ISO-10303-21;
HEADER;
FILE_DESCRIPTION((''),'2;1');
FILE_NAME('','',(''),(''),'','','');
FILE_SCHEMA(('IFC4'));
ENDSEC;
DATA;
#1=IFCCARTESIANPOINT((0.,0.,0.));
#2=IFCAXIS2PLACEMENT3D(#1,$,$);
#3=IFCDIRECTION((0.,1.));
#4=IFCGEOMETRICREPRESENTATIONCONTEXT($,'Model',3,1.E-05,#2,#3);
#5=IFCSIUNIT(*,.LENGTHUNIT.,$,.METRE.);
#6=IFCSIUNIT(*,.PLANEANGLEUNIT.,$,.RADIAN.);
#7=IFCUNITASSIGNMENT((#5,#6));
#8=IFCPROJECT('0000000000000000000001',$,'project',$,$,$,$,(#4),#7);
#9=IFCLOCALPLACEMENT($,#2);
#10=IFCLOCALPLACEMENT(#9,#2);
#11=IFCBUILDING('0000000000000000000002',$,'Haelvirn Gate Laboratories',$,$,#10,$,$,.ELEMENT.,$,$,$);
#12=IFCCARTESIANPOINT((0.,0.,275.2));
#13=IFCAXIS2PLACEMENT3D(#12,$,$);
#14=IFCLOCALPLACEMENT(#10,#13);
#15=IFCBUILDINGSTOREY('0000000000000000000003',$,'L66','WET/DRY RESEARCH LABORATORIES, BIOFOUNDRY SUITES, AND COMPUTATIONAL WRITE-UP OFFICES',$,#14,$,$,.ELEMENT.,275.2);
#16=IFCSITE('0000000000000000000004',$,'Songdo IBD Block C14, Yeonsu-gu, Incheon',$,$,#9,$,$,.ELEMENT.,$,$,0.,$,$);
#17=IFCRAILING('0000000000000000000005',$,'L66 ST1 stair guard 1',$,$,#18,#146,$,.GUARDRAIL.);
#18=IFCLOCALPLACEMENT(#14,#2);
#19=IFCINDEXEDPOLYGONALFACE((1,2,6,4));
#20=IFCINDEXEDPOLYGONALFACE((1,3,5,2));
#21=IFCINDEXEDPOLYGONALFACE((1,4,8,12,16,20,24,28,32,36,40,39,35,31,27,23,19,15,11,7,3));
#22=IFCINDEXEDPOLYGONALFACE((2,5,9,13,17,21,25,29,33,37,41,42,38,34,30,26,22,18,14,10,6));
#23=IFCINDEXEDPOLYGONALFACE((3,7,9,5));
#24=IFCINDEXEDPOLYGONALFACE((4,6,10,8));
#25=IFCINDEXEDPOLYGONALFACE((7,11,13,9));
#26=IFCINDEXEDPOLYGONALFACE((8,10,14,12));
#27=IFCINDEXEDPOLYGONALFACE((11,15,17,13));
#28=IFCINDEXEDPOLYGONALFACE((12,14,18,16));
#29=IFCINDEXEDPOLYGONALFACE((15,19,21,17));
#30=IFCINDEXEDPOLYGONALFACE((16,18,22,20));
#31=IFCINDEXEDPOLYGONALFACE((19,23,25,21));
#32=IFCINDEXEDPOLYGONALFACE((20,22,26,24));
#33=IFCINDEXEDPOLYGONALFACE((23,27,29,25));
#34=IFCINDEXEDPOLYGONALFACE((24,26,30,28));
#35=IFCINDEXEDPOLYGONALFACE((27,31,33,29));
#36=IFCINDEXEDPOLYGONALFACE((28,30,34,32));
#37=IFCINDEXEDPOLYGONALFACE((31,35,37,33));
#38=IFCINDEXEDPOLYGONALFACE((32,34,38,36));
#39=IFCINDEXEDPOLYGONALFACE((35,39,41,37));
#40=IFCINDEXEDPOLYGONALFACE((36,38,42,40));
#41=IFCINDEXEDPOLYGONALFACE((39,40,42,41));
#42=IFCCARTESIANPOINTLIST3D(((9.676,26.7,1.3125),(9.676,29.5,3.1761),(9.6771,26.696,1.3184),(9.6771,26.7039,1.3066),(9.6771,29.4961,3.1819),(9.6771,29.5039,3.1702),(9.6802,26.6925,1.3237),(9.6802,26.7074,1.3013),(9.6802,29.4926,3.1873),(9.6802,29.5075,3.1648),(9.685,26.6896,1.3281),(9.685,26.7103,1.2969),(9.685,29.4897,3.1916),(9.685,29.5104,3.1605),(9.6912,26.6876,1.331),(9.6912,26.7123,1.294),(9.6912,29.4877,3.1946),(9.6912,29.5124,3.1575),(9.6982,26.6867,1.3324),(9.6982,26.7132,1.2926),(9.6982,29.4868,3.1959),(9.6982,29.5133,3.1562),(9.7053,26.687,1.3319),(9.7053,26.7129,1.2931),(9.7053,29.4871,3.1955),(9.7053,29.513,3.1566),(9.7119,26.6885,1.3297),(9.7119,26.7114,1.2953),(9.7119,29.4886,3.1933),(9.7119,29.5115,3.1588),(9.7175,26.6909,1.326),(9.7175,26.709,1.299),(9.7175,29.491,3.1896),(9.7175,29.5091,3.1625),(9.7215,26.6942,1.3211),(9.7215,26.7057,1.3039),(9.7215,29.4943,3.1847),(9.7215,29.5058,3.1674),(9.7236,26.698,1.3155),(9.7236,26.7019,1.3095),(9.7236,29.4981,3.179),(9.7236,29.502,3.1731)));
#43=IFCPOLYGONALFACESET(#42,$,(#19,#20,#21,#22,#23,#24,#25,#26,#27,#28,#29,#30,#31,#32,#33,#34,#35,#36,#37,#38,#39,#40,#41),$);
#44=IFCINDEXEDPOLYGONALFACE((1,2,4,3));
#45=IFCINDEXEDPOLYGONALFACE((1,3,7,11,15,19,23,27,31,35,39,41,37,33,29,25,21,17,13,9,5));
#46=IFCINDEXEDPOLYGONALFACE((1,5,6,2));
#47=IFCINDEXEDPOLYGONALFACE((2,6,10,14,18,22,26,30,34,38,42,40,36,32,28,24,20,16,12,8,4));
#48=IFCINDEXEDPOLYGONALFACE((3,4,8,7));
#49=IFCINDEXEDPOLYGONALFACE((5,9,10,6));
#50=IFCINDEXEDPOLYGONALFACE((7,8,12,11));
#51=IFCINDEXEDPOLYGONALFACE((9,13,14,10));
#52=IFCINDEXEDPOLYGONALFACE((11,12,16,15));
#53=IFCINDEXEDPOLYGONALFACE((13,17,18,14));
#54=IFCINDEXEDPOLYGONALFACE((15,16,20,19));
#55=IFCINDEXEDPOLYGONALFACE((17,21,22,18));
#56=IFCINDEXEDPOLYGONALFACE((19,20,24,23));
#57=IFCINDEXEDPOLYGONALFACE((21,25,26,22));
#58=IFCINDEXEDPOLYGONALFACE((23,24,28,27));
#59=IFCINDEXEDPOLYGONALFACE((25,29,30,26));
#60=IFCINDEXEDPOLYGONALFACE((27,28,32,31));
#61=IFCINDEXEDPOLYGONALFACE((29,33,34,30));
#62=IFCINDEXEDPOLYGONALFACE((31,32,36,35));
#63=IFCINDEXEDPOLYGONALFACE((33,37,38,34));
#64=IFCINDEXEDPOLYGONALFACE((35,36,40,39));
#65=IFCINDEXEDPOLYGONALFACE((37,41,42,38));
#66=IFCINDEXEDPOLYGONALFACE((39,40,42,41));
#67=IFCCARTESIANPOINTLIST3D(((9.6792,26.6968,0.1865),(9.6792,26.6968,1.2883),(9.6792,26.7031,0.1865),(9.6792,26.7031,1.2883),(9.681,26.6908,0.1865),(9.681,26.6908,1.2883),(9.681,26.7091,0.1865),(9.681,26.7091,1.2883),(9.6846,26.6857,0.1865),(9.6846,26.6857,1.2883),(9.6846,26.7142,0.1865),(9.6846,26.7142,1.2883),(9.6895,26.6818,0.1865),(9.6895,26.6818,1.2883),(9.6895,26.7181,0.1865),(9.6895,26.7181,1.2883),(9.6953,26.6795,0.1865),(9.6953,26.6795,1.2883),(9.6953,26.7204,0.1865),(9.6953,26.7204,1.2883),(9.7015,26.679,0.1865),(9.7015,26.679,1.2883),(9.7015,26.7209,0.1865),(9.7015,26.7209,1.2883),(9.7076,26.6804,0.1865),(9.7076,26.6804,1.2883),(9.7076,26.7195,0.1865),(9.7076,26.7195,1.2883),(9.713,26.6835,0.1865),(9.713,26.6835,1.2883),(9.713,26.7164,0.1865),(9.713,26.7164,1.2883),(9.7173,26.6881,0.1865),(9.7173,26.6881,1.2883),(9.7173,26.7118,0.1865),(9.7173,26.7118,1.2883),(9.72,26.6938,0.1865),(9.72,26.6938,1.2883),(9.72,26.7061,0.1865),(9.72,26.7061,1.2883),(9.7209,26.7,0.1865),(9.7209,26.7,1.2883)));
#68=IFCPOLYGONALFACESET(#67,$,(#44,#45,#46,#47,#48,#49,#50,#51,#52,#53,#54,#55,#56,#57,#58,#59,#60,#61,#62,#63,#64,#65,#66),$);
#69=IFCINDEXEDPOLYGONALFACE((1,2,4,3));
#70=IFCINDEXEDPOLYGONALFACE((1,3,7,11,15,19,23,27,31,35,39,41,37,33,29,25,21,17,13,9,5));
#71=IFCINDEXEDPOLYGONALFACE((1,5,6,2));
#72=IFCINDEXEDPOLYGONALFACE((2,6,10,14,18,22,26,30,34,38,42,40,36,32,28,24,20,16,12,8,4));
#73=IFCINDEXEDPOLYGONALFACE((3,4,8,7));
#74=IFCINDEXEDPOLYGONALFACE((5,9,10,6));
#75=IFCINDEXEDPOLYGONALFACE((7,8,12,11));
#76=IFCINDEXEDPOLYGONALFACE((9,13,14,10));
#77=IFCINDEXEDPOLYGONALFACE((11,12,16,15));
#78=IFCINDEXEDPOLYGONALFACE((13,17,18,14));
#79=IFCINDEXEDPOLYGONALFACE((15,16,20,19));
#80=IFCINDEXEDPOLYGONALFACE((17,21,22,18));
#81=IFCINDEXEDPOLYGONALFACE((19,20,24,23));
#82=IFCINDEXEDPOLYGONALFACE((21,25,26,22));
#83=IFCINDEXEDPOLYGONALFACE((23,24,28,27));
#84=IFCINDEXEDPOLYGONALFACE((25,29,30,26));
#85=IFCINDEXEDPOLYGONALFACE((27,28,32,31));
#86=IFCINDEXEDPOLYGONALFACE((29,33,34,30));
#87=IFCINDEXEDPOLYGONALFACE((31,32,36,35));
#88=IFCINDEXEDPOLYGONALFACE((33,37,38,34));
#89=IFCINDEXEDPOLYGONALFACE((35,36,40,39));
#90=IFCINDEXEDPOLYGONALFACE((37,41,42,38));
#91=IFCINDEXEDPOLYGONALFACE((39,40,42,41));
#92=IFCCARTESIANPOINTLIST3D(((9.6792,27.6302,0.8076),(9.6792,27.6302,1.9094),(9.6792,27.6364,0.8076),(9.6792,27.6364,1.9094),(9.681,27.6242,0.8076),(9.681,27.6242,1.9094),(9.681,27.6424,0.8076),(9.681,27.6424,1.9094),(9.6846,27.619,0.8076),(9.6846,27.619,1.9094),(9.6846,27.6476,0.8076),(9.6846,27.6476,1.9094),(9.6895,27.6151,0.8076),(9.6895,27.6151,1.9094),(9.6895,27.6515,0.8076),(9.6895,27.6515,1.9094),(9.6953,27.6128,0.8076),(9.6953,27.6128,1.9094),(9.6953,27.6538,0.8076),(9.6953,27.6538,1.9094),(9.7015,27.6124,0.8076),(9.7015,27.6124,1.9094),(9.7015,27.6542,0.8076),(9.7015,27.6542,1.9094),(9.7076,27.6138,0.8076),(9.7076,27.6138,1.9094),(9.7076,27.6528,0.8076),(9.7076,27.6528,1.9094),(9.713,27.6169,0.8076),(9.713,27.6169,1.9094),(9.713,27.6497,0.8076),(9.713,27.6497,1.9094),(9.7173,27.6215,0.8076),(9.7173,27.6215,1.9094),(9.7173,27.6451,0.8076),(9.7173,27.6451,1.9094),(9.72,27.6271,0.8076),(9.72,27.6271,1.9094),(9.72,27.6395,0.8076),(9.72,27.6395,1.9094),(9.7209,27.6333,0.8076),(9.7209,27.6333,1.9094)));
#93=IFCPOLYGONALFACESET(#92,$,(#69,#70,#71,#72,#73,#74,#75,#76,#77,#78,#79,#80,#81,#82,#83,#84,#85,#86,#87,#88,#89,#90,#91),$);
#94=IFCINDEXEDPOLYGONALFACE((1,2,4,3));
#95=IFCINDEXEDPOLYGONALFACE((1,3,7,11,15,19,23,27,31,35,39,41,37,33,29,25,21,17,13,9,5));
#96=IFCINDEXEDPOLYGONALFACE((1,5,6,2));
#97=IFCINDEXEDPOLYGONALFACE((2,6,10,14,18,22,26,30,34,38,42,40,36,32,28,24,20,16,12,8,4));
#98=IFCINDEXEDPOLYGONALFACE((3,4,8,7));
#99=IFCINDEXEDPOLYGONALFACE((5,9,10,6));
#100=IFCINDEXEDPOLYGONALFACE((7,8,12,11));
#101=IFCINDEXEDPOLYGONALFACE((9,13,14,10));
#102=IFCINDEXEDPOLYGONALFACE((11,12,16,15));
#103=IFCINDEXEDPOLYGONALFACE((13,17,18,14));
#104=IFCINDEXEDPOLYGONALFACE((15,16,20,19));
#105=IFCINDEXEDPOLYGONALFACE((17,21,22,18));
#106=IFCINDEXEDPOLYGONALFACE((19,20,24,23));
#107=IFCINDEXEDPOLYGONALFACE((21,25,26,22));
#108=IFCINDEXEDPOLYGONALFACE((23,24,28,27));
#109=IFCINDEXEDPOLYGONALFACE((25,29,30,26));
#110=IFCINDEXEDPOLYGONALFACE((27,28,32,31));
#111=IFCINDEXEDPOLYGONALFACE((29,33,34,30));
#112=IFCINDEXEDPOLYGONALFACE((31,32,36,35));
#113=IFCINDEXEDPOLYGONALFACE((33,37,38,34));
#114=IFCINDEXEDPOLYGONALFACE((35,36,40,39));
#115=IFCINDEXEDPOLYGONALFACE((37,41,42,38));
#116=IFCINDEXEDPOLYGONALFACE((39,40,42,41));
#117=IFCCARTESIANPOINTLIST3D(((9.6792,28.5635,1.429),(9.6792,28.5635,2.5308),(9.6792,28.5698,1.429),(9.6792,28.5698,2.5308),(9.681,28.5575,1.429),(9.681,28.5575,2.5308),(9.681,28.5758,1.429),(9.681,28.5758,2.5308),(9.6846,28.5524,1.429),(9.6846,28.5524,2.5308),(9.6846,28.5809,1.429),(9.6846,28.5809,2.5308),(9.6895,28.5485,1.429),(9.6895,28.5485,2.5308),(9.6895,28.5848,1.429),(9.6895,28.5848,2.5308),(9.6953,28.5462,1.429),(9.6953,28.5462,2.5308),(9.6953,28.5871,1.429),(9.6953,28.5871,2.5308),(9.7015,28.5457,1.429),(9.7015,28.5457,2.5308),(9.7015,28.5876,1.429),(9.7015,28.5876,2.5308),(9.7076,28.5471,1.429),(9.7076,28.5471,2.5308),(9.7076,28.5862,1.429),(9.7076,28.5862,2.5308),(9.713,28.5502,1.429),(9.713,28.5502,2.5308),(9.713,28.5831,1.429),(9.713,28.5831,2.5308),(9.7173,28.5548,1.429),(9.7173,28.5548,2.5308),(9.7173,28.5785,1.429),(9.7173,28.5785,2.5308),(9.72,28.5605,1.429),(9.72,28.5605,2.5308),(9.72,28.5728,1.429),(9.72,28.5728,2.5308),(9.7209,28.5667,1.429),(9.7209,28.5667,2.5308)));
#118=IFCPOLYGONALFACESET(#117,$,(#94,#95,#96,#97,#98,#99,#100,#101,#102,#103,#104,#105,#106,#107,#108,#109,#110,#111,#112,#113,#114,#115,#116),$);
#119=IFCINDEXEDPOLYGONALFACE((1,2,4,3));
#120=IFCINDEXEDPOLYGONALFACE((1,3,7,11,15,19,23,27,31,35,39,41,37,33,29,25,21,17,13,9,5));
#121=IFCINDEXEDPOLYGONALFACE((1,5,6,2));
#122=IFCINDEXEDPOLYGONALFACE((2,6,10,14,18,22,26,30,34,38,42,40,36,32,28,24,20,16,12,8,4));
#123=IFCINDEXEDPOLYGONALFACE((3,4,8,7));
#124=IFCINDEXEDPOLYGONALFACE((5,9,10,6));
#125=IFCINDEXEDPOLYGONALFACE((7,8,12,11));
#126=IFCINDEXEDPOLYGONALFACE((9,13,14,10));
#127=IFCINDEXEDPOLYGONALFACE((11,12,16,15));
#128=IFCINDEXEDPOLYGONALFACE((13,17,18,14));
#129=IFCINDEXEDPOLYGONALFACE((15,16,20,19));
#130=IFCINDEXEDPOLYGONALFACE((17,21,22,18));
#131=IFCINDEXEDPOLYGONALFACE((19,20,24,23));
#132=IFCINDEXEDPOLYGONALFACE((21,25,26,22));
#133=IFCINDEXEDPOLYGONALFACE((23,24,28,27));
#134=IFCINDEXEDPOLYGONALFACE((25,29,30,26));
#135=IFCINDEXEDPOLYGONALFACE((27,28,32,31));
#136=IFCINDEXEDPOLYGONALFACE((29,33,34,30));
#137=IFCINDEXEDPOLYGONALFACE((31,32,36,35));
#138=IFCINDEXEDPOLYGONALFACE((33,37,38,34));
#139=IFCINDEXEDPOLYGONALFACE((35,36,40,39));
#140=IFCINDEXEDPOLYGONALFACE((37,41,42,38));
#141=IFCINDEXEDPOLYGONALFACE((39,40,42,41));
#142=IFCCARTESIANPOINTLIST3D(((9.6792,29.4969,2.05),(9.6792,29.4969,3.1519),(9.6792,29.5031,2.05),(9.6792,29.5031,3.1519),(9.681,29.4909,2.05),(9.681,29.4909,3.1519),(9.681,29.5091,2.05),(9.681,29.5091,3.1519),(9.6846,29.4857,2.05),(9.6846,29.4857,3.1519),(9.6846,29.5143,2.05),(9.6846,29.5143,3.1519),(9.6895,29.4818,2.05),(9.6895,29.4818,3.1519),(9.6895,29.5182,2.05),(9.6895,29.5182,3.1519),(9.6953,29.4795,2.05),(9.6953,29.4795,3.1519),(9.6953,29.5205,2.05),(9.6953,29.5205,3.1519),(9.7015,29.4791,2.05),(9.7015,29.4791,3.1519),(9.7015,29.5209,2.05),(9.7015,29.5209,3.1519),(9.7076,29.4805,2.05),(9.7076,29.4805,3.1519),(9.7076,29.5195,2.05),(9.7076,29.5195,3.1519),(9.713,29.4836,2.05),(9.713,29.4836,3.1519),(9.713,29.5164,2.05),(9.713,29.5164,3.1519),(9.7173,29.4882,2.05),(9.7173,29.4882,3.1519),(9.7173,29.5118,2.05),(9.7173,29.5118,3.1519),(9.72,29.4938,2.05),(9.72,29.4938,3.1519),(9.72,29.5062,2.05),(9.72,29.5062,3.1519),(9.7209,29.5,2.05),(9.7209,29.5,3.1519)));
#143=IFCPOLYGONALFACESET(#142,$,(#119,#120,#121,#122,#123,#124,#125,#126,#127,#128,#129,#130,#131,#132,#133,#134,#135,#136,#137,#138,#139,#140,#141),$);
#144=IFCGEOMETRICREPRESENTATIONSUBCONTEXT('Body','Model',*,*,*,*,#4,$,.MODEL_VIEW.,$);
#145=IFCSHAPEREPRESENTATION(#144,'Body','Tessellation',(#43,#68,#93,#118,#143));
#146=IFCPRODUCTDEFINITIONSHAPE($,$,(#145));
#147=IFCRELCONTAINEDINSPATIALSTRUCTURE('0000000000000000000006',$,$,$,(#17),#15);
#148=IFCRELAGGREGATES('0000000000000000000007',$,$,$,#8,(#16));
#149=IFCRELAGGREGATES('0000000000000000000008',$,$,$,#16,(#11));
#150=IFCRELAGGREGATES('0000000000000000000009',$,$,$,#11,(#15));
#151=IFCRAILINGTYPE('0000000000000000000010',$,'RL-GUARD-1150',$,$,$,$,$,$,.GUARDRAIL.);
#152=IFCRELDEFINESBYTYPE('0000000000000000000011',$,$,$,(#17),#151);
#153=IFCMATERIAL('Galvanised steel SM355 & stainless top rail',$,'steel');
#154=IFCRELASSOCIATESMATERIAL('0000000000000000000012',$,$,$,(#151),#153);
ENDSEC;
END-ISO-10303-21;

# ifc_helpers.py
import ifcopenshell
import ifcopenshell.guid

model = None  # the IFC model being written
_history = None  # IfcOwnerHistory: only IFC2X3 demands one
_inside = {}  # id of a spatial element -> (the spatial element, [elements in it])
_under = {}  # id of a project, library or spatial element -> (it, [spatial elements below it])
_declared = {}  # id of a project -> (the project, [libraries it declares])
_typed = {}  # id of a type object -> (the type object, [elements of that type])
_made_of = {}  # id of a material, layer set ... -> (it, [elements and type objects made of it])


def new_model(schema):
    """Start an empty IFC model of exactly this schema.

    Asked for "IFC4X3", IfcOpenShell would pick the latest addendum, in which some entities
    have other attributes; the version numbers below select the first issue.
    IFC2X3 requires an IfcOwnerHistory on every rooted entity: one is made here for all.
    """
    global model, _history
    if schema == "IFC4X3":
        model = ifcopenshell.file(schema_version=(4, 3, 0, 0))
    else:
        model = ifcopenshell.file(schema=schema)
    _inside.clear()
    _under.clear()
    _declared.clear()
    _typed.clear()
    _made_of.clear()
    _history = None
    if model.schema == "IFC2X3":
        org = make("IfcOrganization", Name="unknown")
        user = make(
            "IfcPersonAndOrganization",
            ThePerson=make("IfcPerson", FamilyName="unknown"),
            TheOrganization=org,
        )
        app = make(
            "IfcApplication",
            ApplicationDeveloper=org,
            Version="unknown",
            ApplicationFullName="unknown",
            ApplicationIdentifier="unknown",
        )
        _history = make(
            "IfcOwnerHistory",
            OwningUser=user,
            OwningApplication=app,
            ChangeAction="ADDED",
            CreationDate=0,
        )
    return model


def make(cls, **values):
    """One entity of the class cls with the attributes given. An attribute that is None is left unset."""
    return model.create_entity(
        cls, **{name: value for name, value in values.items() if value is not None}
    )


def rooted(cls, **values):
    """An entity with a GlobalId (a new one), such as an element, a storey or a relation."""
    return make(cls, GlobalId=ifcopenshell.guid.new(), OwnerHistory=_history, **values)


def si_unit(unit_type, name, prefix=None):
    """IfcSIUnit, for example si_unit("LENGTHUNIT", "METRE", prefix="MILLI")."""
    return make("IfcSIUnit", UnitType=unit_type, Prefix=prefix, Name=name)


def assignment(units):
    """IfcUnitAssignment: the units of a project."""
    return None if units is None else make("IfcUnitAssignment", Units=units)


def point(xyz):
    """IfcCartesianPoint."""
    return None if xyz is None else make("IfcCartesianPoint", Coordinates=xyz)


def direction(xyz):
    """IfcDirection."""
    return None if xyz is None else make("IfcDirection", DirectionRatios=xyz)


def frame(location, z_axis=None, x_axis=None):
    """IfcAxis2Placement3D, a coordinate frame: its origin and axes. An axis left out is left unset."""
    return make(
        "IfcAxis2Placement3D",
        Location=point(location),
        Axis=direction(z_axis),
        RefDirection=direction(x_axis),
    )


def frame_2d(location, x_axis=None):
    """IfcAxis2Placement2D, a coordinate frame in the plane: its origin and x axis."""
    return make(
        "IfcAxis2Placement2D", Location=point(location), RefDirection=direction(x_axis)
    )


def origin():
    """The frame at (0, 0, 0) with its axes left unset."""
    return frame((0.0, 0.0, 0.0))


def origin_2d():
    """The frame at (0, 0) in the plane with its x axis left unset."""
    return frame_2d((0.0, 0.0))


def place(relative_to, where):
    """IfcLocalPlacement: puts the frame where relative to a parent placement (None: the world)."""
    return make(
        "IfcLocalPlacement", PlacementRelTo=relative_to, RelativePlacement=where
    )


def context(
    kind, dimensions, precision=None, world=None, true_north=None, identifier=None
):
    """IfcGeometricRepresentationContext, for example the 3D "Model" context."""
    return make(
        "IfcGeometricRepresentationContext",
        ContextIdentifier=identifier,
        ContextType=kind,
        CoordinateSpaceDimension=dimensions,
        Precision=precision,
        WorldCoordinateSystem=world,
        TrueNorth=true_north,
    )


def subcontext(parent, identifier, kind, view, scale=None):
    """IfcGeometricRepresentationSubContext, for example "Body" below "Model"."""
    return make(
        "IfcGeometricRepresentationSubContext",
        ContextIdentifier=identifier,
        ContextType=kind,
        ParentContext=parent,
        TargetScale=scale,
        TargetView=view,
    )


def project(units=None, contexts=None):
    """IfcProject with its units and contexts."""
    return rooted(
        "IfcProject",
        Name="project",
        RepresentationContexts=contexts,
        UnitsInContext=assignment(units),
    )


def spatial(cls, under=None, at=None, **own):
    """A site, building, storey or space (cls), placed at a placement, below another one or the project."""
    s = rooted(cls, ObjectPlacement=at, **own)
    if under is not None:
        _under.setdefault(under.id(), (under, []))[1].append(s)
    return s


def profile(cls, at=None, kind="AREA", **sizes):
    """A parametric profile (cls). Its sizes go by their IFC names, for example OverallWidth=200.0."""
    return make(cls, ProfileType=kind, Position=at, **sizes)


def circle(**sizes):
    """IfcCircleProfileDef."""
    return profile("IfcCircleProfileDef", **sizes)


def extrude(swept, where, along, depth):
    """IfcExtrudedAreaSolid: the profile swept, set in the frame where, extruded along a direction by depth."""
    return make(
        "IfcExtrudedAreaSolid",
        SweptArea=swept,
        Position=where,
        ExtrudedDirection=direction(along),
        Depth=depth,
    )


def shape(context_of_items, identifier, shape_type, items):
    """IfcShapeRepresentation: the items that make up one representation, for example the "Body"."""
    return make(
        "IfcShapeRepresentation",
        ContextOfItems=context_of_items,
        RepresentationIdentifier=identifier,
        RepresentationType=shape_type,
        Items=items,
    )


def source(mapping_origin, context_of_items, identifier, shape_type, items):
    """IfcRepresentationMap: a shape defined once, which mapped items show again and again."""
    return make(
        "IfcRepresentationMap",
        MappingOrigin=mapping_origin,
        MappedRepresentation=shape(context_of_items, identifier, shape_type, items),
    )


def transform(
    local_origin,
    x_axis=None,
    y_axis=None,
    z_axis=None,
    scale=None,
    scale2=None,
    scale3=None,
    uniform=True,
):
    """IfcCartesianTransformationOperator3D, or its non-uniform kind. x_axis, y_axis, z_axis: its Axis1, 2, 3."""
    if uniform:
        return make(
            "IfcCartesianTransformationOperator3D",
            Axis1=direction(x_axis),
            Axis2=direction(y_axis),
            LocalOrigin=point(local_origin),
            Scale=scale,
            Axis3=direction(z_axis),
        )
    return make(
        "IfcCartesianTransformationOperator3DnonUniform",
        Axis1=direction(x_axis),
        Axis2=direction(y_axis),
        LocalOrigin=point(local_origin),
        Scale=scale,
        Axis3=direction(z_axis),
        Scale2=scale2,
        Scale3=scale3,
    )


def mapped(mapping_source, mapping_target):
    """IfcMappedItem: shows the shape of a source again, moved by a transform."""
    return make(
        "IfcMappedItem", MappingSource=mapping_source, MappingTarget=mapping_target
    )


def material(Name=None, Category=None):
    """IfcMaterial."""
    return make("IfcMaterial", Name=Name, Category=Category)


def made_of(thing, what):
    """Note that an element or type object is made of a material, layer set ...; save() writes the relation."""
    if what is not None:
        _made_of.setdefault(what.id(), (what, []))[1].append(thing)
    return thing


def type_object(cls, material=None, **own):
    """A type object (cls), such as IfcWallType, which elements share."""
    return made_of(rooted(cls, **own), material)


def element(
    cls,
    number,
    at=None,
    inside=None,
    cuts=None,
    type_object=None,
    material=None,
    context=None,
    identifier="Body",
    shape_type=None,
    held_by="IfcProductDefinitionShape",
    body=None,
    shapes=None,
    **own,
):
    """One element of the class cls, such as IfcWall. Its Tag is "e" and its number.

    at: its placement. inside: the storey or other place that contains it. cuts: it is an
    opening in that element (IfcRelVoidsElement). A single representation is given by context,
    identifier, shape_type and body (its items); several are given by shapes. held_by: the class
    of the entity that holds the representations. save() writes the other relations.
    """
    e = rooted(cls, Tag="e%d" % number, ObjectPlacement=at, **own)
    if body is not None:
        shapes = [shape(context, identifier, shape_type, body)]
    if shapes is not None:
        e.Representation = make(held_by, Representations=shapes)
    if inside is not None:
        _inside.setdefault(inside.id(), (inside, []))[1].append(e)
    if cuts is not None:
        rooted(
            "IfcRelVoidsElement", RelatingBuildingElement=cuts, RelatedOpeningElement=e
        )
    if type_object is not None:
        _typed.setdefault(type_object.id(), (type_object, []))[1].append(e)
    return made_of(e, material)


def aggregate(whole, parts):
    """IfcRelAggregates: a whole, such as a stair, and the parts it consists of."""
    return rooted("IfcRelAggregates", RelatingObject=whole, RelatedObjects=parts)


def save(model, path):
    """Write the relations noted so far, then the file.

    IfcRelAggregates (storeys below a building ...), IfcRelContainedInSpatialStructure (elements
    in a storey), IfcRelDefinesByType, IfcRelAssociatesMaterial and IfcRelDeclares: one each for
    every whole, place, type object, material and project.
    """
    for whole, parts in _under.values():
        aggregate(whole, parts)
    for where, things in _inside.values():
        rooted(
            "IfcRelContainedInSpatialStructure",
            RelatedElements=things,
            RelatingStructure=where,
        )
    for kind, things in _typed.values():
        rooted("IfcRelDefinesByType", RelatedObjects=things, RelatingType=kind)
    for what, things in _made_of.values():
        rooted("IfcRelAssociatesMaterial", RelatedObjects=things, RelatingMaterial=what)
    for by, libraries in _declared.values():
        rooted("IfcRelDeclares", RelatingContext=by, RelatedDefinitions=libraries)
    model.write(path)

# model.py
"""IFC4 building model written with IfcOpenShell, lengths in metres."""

from ifc_helpers import new_model, si_unit, direction, frame, origin, origin_2d, place, context, subcontext, project, spatial, circle, extrude, source, transform, mapped, material, type_object, element, save


model = new_model("IFC4")

# Units and contexts
model_context = context("Model", 3, precision=1e-05, world=origin(), true_north=direction((0.0, 1.0)))
body_context = subcontext(model_context, "Body", "Model", "MODEL_VIEW")
ifc_project = project(units=[si_unit("LENGTHUNIT", "METRE"), si_unit("PLANEANGLEUNIT", "RADIAN")], contexts=[model_context])

# Site, building, storey
site_placement = place(None, origin())
site = spatial("IfcSite", under=ifc_project, at=site_placement, Name="Songdo IBD Block C14, Yeonsu-gu, Incheon", CompositionType="ELEMENT", RefElevation=0.0)
building_placement = place(site_placement, origin())
building = spatial("IfcBuilding", under=site, at=building_placement, Name="Haelvirn Gate Laboratories", CompositionType="ELEMENT")
storey_placement = place(building_placement, frame((0.0, 0.0, 275.2)))
storey = spatial("IfcBuildingStorey", under=building, at=storey_placement, Name="L66", Description="WET/DRY RESEARCH LABORATORIES, BIOFOUNDRY SUITES, AND COMPUTATIONAL WRITE-UP OFFICES", CompositionType="ELEMENT", Elevation=275.2)

# Railing
ifc_material_1 = material(Name="Galvanised steel SM355 & stainless top rail", Category="steel")
railing_type_1 = type_object("IfcRailingType", Name="RL-GUARD-1150", PredefinedType="GUARDRAIL", material=ifc_material_1)
shared_shape_1 = source(origin(), body_context, "Body", "SweptSolid", [
    extrude(circle(Radius=0.0239, at=origin_2d()), frame((0.0, 0.0, 1.126), z_axis=(0.0, 0.832486, 0.554047), x_axis=(-1.0, 0.0, 0.0)), (0.0, 0.0, 1.0), 3.3635),
    extrude(circle(Radius=0.021, at=origin_2d()), origin(), (0.0, 0.0, 1.0), 1.1018),
    extrude(circle(Radius=0.021, at=origin_2d()), frame((0.0, 0.9333, 0.6211)), (0.0, 0.0, 1.0), 1.1018),
    extrude(circle(Radius=0.021, at=origin_2d()), frame((0.0, 1.8667, 1.2424)), (0.0, 0.0, 1.0), 1.1018),
    extrude(circle(Radius=0.021, at=origin_2d()), frame((0.0, 2.8, 1.8635)), (0.0, 0.0, 1.0), 1.1018),
])
railing_1_placement = place(storey_placement, frame((9.7, 26.7, 0.1865)))
element("IfcRailing", 1, at=railing_1_placement, inside=storey, type_object=railing_type_1, Name="L66 ST1 stair guard 1", PredefinedType="GUARDRAIL", context=body_context, shape_type="MappedRepresentation", body=[
    mapped(shared_shape_1, transform((0.0, 0.0, 0.0), scale=1.0)),
])

save(model, "model.ifc")
